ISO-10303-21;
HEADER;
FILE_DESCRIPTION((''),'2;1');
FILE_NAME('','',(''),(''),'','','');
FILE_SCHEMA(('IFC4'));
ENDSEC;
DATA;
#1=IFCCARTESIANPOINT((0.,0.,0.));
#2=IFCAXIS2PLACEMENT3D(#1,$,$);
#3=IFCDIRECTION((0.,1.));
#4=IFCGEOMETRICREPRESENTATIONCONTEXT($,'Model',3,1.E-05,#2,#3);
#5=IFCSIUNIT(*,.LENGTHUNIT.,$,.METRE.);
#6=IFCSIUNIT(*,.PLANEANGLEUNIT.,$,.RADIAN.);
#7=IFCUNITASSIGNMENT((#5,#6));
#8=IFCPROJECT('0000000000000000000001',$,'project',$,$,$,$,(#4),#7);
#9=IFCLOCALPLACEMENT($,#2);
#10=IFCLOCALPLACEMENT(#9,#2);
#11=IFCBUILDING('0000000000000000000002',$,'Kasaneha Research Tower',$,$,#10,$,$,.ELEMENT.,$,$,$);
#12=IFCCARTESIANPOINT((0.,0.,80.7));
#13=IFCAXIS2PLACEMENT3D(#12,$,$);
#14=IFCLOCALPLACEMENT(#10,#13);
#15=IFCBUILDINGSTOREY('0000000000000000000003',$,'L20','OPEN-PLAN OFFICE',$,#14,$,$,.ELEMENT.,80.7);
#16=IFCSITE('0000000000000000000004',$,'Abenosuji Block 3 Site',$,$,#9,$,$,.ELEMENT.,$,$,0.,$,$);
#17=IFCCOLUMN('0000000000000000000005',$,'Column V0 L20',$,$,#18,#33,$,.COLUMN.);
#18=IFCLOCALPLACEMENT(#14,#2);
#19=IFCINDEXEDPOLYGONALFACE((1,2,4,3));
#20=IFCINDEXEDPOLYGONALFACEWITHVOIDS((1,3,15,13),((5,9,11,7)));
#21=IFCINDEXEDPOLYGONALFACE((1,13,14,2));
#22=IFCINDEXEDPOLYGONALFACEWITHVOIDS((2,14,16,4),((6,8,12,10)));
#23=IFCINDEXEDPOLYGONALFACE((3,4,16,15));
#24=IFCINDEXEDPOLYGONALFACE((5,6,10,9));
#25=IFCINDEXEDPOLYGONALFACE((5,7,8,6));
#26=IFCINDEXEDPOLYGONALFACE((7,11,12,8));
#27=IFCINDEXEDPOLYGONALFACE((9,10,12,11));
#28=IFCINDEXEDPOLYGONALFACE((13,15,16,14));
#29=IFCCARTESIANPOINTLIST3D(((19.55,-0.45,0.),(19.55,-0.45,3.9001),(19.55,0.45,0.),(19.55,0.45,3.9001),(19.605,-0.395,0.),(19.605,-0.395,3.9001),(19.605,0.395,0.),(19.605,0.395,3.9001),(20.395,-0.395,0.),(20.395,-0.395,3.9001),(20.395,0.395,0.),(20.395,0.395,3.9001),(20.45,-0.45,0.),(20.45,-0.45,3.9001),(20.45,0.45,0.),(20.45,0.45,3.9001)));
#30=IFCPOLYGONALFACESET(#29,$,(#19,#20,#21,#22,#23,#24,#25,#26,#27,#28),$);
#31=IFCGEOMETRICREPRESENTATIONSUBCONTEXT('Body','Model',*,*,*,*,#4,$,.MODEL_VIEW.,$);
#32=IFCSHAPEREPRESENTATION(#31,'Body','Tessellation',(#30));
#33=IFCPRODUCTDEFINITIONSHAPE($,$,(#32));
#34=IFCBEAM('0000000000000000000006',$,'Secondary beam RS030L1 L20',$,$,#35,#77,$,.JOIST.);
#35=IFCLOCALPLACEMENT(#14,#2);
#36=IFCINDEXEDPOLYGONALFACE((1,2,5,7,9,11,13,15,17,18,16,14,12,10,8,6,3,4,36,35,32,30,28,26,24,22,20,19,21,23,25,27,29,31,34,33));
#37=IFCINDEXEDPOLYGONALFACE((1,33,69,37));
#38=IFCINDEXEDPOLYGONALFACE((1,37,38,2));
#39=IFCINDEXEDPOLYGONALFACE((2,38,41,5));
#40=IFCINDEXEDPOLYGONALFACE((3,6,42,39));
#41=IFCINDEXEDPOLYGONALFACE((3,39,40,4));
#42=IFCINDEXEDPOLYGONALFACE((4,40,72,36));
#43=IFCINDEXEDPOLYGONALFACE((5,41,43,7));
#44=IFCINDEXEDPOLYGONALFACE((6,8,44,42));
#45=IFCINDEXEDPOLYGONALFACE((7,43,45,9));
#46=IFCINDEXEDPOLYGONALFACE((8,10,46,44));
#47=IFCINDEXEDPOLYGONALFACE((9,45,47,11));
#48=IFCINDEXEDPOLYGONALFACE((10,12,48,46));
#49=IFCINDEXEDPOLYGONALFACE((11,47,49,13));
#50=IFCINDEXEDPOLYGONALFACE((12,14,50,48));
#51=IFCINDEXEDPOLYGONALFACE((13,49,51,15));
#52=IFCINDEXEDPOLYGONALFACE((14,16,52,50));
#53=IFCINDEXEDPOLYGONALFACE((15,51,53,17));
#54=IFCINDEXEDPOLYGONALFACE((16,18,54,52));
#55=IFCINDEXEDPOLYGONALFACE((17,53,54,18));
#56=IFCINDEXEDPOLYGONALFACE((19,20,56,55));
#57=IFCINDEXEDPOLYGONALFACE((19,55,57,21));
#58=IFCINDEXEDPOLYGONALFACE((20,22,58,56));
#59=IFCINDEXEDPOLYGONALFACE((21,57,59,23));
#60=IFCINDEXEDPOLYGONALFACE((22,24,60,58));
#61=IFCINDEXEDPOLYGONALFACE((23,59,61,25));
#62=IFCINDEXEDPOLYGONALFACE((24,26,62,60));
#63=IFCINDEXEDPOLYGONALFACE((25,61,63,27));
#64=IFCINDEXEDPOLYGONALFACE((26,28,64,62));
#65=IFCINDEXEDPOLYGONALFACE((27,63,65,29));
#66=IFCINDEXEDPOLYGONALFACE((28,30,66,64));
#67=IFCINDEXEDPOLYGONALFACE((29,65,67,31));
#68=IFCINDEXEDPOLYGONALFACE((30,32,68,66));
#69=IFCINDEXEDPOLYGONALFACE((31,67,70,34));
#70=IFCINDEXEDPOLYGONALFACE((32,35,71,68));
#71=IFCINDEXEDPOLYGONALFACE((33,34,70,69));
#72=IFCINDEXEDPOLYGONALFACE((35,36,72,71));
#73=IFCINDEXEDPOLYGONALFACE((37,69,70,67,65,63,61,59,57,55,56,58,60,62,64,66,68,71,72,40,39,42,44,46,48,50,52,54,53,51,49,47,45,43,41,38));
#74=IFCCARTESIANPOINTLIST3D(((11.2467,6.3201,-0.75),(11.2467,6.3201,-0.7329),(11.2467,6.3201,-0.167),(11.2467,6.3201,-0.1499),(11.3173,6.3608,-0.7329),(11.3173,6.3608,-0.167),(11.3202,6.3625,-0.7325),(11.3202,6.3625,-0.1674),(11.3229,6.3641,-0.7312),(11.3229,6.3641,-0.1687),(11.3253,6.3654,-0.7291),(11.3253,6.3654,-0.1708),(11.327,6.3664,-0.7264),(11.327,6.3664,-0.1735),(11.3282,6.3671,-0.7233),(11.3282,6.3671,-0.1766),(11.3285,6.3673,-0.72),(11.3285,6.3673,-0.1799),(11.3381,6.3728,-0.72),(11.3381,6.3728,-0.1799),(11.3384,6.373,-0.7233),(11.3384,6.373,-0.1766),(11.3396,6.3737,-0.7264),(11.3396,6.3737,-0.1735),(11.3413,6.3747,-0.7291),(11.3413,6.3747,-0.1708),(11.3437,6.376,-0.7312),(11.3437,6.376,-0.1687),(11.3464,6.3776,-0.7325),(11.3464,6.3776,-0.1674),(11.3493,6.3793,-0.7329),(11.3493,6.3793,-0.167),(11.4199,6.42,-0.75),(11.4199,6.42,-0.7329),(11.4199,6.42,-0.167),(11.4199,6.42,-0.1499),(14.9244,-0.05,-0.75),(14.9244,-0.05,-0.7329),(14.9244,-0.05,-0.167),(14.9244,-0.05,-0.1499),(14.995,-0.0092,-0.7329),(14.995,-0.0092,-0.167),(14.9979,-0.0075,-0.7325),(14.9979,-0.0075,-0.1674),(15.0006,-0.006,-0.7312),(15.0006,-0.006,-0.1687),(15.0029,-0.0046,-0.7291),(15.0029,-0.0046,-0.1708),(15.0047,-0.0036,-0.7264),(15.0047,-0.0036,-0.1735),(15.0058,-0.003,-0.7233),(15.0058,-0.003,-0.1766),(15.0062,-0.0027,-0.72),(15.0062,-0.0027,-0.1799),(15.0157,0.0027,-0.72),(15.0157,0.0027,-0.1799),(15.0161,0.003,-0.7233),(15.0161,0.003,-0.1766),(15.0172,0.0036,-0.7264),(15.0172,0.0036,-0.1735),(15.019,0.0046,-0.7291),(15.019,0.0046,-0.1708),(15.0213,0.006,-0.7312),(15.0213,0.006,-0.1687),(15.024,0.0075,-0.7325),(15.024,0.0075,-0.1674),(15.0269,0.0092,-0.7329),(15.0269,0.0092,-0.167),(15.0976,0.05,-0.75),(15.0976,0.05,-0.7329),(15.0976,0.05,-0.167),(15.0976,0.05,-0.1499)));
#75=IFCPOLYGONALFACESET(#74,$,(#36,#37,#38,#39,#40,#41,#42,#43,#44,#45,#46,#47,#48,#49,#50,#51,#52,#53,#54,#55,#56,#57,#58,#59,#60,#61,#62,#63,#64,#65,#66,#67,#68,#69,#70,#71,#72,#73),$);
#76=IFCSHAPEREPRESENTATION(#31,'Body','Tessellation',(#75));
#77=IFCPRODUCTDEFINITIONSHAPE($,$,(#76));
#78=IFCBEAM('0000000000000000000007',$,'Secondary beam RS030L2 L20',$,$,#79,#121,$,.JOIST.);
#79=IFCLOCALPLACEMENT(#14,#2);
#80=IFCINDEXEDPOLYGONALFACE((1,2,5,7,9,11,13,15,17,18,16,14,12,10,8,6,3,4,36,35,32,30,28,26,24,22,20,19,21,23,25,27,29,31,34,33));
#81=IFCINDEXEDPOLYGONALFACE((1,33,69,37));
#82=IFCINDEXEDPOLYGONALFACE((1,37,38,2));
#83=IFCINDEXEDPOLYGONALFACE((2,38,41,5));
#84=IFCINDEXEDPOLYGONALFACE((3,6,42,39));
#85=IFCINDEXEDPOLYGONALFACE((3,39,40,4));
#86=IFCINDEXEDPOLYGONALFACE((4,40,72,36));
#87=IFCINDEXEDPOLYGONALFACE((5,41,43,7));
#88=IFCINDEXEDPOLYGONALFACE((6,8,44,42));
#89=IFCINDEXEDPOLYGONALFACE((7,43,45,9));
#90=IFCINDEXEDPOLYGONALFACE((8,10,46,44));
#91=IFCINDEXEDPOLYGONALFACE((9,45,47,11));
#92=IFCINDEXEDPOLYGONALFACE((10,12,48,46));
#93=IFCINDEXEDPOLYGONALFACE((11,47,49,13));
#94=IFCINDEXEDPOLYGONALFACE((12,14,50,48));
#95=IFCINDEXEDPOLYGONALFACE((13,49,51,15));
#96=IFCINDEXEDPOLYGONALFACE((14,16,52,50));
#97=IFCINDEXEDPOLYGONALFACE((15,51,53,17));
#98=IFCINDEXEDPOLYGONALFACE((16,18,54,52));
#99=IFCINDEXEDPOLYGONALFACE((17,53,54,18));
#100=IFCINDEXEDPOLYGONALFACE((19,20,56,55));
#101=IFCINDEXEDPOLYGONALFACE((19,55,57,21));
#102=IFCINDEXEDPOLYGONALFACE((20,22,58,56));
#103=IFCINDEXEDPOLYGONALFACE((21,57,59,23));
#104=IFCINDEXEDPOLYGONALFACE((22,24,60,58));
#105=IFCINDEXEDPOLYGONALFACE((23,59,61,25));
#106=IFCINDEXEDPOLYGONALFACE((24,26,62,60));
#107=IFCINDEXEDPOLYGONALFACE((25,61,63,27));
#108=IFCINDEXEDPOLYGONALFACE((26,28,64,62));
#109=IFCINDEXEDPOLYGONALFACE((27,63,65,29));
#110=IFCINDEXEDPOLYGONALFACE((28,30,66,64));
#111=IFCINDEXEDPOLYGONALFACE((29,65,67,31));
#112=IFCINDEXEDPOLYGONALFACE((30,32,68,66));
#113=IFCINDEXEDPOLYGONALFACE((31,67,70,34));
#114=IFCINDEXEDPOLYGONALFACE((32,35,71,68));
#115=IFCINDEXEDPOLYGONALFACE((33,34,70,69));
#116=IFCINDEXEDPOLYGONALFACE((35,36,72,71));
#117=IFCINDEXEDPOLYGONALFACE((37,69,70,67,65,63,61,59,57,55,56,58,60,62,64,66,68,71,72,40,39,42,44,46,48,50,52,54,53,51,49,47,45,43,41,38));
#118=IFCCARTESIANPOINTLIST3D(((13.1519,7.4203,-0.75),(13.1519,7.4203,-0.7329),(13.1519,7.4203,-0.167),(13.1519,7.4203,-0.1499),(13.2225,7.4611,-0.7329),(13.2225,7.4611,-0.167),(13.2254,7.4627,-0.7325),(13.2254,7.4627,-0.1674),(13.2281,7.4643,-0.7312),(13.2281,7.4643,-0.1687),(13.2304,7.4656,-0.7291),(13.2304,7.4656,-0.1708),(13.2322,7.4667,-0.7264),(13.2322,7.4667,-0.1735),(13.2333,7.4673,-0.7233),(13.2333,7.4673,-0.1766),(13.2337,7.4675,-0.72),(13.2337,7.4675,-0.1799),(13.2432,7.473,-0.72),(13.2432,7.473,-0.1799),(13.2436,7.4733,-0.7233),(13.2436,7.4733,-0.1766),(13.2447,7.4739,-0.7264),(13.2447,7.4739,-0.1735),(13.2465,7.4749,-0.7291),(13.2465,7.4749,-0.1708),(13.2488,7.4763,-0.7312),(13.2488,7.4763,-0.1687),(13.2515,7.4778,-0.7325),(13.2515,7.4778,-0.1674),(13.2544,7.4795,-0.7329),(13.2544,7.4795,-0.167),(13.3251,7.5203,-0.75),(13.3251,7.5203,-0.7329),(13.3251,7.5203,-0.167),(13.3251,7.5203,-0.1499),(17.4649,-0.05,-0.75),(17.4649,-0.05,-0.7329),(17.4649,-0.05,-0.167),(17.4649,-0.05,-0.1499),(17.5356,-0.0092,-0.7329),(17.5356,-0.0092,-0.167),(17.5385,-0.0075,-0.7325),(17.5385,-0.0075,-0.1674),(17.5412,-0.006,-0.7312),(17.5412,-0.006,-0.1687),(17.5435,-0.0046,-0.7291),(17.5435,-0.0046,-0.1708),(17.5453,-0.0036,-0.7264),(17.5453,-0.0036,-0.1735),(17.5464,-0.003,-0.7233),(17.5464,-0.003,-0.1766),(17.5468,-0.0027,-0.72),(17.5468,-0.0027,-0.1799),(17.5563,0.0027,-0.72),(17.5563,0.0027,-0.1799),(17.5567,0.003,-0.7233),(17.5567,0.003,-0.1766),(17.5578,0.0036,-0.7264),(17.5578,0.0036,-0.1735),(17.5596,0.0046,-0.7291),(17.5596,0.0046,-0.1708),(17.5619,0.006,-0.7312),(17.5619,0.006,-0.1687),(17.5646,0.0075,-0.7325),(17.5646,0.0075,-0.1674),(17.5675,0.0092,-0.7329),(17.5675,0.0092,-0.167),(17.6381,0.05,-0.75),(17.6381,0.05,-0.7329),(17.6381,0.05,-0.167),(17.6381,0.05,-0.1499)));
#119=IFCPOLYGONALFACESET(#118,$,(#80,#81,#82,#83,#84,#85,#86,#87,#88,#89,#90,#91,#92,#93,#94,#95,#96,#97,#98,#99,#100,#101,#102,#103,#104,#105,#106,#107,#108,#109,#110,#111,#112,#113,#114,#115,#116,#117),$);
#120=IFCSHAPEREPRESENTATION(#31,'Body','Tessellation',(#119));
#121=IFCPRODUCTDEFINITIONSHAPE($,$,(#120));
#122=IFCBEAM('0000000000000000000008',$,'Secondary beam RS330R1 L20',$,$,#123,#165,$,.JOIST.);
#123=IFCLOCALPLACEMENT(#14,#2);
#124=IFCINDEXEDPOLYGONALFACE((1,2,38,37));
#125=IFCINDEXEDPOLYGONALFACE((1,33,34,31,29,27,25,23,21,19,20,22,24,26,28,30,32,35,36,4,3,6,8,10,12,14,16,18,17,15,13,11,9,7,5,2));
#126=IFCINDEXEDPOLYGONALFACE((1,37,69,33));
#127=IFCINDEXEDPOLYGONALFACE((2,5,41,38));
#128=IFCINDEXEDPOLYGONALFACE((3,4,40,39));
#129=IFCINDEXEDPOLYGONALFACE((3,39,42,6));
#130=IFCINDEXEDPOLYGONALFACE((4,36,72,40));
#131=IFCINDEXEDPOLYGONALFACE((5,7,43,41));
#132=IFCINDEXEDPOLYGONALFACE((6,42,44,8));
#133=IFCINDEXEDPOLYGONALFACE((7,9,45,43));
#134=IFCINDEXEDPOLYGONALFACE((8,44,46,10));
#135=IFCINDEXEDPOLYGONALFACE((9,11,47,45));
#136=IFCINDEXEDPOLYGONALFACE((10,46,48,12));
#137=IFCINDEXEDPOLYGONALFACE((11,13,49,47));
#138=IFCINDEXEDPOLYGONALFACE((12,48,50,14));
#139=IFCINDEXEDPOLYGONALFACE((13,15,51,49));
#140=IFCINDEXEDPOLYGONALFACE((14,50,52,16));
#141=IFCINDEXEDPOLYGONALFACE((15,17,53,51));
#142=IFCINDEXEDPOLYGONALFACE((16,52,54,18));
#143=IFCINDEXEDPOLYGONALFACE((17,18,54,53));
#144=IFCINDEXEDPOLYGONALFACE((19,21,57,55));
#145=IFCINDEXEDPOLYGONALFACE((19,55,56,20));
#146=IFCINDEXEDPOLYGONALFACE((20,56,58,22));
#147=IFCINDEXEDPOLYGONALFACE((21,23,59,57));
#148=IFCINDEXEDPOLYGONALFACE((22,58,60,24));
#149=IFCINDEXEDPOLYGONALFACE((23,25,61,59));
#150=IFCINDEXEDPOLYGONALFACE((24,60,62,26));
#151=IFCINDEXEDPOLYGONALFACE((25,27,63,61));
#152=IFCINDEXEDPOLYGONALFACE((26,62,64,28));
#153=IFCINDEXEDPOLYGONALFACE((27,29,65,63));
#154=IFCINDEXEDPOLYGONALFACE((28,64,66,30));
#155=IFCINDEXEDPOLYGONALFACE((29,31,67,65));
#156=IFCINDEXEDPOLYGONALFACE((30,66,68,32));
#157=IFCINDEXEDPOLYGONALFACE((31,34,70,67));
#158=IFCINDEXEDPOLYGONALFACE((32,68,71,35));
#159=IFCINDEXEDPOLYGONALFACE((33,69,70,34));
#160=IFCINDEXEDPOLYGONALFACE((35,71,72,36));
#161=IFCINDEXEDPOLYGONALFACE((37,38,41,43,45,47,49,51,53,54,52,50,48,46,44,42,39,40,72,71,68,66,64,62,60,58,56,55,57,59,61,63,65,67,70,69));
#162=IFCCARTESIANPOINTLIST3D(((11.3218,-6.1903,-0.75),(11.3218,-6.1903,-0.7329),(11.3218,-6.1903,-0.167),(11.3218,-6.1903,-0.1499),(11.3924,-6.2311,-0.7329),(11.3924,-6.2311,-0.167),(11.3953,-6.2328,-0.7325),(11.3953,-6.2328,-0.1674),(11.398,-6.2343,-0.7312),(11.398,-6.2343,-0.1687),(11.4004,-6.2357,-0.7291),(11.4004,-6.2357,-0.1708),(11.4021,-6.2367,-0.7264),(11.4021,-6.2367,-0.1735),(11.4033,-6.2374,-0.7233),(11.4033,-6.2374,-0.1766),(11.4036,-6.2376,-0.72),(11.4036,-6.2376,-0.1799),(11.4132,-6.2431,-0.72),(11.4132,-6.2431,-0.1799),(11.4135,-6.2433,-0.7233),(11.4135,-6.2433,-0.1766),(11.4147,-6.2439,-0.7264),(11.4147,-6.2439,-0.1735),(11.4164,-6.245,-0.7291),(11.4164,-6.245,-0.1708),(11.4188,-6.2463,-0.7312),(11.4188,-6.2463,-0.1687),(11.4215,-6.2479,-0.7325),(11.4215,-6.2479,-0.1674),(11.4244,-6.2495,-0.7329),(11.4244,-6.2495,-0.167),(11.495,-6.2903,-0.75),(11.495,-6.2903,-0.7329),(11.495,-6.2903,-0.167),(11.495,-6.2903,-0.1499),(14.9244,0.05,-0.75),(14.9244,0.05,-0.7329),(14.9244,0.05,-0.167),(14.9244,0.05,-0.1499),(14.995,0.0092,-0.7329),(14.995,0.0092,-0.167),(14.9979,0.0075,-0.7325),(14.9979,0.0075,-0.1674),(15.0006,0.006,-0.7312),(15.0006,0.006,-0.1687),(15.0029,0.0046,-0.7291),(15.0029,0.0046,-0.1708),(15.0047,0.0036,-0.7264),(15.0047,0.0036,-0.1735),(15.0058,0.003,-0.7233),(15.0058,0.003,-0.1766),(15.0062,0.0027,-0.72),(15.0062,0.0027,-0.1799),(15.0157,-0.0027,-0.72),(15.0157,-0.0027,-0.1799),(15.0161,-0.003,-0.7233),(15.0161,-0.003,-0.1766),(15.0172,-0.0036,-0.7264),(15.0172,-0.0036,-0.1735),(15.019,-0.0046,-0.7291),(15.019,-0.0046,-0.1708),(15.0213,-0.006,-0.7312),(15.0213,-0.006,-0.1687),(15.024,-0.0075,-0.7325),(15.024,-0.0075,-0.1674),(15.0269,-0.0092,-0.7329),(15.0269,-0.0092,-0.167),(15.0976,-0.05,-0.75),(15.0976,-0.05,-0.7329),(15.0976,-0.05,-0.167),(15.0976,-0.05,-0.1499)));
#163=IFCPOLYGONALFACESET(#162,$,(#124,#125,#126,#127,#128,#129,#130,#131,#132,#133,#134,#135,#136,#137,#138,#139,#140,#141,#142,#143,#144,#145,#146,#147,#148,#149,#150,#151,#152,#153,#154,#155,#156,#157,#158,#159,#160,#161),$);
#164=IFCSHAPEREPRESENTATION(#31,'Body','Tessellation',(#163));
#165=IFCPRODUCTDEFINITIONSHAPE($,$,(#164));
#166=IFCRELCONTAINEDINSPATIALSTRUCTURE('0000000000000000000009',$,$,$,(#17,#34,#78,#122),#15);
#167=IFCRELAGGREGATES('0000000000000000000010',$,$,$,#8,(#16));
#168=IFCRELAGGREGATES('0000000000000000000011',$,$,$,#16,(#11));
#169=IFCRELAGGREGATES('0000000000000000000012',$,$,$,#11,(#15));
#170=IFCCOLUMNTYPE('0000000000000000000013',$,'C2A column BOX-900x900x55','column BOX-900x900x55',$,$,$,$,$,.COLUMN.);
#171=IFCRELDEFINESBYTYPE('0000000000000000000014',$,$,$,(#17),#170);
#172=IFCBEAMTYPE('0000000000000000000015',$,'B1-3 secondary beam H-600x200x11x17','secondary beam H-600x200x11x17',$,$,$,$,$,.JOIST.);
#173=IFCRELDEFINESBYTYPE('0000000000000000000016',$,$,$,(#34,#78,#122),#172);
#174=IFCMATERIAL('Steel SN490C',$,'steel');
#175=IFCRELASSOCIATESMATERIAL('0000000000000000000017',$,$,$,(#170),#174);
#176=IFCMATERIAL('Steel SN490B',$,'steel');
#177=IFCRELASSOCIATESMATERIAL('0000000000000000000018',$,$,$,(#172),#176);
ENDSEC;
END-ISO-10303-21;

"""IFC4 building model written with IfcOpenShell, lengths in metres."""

from ifc_helpers import new_model, si_unit, direction, frame, origin, origin_2d, place, context, subcontext, project, spatial, hollow_rectangle, i_section, extrude, material, material_profile, profile_set, type_object, element, save


model = new_model("IFC4")

# Units and contexts
model_context = context("Model", 3, precision=1e-05, world=origin(), true_north=direction((0.0, 1.0)))
body_context = subcontext(model_context, "Body", "Model", "MODEL_VIEW")
ifc_project = project(units=[si_unit("LENGTHUNIT", "METRE"), si_unit("PLANEANGLEUNIT", "RADIAN")], contexts=[model_context])

# Site, building, storey
site_placement = place(None, origin())
site = spatial("IfcSite", under=ifc_project, at=site_placement, Name="Abenosuji Block 3 Site", CompositionType="ELEMENT", RefElevation=0.0)
building_placement = place(site_placement, origin())
building = spatial("IfcBuilding", under=site, at=building_placement, Name="Kasaneha Research Tower", CompositionType="ELEMENT")
storey_placement = place(building_placement, frame((0.0, 0.0, 80.7)))
storey = spatial("IfcBuildingStorey", under=building, at=storey_placement, Name="L20", Description="OPEN-PLAN OFFICE", CompositionType="ELEMENT", Elevation=80.7)

# Column
ifc_material_1 = material(Name="Steel SN490C", Category="steel")
ifc_material_profile_1 = material_profile(ifc_material_1, hollow_rectangle(XDim=0.8999, YDim=0.8999, WallThickness=0.0549, at=origin_2d()), Name="BOX-900x900x55")
ifc_profile_set_1 = profile_set([ifc_material_profile_1], Name="Steel SN490C")
column_type = type_object("IfcColumnType", Name="C2A column BOX-900x900x55", Description="column BOX-900x900x55", PredefinedType="COLUMN", material=ifc_profile_set_1)
column_placement = place(storey_placement, frame((20.0, 0.0, 0.0), z_axis=(0.0, 0.0, 1.0), x_axis=(1.0, 0.0, 0.0)))
element("IfcColumn", 1, at=column_placement, inside=storey, type_object=column_type, Name="Column V0 L20", PredefinedType="COLUMN", context=body_context, shape_type="SweptSolid", body=[
    extrude(hollow_rectangle(XDim=0.8999, YDim=0.8999, WallThickness=0.0549, at=origin_2d()), origin(), (0.0, 0.0, 1.0), 3.9001),
])

# Beams
ifc_material_2 = material(Name="Steel SN490B", Category="steel")
ifc_material_profile_2 = material_profile(ifc_material_2, i_section(OverallWidth=0.2, OverallDepth=0.6001, WebThickness=0.011, FlangeThickness=0.0171, FilletRadius=0.0129, at=origin_2d()), Name="H-600x200x11x17")
ifc_profile_set_2 = profile_set([ifc_material_profile_2], Name="Steel SN490B")
beam_type_1 = type_object("IfcBeamType", Name="B1-3 secondary beam H-600x200x11x17", Description="secondary beam H-600x200x11x17", PredefinedType="JOIST", material=ifc_profile_set_2)
beam_1_placement = place(storey_placement, frame((15.011, 0.0, -0.45), z_axis=(-0.499994, 0.866029, 0.0), x_axis=(-0.866029, -0.499994, 0.0)))
element("IfcBeam", 2, at=beam_1_placement, inside=storey, type_object=beam_type_1, Name="Secondary beam RS030L1 L20", PredefinedType="JOIST", context=body_context, shape_type="SweptSolid", body=[
    extrude(i_section(OverallWidth=0.2, OverallDepth=0.6001, WebThickness=0.011, FlangeThickness=0.0171, FilletRadius=0.0129, at=origin_2d()), origin(), (0.0, 0.0, 1.0), 7.3555),
])
beam_2_placement = place(storey_placement, frame((17.5515, 0.0, -0.45), z_axis=(-0.500005, 0.866023, 0.0), x_axis=(-0.866023, -0.500005, 0.0)))
element("IfcBeam", 3, at=beam_2_placement, inside=storey, type_object=beam_type_1, Name="Secondary beam RS030L2 L20", PredefinedType="JOIST", context=body_context, shape_type="SweptSolid", body=[
    extrude(i_section(OverallWidth=0.2, OverallDepth=0.6001, WebThickness=0.011, FlangeThickness=0.0171, FilletRadius=0.0129, at=origin_2d()), origin(), (0.0, 0.0, 1.0), 8.626),
])
beam_3_placement = place(storey_placement, frame((15.011, 0.0, -0.45), z_axis=(-0.499973, -0.866041, 0.0), x_axis=(0.866041, -0.499973, 0.0)))
element("IfcBeam", 4, at=beam_3_placement, inside=storey, type_object=beam_type_1, Name="Secondary beam RS330R1 L20", PredefinedType="JOIST", context=body_context, shape_type="SweptSolid", body=[
    extrude(i_section(OverallWidth=0.2, OverallDepth=0.6001, WebThickness=0.011, FlangeThickness=0.0171, FilletRadius=0.0129, at=origin_2d()), origin(), (0.0, 0.0, 1.0), 7.2056),
])

save(model, "model.ifc")
